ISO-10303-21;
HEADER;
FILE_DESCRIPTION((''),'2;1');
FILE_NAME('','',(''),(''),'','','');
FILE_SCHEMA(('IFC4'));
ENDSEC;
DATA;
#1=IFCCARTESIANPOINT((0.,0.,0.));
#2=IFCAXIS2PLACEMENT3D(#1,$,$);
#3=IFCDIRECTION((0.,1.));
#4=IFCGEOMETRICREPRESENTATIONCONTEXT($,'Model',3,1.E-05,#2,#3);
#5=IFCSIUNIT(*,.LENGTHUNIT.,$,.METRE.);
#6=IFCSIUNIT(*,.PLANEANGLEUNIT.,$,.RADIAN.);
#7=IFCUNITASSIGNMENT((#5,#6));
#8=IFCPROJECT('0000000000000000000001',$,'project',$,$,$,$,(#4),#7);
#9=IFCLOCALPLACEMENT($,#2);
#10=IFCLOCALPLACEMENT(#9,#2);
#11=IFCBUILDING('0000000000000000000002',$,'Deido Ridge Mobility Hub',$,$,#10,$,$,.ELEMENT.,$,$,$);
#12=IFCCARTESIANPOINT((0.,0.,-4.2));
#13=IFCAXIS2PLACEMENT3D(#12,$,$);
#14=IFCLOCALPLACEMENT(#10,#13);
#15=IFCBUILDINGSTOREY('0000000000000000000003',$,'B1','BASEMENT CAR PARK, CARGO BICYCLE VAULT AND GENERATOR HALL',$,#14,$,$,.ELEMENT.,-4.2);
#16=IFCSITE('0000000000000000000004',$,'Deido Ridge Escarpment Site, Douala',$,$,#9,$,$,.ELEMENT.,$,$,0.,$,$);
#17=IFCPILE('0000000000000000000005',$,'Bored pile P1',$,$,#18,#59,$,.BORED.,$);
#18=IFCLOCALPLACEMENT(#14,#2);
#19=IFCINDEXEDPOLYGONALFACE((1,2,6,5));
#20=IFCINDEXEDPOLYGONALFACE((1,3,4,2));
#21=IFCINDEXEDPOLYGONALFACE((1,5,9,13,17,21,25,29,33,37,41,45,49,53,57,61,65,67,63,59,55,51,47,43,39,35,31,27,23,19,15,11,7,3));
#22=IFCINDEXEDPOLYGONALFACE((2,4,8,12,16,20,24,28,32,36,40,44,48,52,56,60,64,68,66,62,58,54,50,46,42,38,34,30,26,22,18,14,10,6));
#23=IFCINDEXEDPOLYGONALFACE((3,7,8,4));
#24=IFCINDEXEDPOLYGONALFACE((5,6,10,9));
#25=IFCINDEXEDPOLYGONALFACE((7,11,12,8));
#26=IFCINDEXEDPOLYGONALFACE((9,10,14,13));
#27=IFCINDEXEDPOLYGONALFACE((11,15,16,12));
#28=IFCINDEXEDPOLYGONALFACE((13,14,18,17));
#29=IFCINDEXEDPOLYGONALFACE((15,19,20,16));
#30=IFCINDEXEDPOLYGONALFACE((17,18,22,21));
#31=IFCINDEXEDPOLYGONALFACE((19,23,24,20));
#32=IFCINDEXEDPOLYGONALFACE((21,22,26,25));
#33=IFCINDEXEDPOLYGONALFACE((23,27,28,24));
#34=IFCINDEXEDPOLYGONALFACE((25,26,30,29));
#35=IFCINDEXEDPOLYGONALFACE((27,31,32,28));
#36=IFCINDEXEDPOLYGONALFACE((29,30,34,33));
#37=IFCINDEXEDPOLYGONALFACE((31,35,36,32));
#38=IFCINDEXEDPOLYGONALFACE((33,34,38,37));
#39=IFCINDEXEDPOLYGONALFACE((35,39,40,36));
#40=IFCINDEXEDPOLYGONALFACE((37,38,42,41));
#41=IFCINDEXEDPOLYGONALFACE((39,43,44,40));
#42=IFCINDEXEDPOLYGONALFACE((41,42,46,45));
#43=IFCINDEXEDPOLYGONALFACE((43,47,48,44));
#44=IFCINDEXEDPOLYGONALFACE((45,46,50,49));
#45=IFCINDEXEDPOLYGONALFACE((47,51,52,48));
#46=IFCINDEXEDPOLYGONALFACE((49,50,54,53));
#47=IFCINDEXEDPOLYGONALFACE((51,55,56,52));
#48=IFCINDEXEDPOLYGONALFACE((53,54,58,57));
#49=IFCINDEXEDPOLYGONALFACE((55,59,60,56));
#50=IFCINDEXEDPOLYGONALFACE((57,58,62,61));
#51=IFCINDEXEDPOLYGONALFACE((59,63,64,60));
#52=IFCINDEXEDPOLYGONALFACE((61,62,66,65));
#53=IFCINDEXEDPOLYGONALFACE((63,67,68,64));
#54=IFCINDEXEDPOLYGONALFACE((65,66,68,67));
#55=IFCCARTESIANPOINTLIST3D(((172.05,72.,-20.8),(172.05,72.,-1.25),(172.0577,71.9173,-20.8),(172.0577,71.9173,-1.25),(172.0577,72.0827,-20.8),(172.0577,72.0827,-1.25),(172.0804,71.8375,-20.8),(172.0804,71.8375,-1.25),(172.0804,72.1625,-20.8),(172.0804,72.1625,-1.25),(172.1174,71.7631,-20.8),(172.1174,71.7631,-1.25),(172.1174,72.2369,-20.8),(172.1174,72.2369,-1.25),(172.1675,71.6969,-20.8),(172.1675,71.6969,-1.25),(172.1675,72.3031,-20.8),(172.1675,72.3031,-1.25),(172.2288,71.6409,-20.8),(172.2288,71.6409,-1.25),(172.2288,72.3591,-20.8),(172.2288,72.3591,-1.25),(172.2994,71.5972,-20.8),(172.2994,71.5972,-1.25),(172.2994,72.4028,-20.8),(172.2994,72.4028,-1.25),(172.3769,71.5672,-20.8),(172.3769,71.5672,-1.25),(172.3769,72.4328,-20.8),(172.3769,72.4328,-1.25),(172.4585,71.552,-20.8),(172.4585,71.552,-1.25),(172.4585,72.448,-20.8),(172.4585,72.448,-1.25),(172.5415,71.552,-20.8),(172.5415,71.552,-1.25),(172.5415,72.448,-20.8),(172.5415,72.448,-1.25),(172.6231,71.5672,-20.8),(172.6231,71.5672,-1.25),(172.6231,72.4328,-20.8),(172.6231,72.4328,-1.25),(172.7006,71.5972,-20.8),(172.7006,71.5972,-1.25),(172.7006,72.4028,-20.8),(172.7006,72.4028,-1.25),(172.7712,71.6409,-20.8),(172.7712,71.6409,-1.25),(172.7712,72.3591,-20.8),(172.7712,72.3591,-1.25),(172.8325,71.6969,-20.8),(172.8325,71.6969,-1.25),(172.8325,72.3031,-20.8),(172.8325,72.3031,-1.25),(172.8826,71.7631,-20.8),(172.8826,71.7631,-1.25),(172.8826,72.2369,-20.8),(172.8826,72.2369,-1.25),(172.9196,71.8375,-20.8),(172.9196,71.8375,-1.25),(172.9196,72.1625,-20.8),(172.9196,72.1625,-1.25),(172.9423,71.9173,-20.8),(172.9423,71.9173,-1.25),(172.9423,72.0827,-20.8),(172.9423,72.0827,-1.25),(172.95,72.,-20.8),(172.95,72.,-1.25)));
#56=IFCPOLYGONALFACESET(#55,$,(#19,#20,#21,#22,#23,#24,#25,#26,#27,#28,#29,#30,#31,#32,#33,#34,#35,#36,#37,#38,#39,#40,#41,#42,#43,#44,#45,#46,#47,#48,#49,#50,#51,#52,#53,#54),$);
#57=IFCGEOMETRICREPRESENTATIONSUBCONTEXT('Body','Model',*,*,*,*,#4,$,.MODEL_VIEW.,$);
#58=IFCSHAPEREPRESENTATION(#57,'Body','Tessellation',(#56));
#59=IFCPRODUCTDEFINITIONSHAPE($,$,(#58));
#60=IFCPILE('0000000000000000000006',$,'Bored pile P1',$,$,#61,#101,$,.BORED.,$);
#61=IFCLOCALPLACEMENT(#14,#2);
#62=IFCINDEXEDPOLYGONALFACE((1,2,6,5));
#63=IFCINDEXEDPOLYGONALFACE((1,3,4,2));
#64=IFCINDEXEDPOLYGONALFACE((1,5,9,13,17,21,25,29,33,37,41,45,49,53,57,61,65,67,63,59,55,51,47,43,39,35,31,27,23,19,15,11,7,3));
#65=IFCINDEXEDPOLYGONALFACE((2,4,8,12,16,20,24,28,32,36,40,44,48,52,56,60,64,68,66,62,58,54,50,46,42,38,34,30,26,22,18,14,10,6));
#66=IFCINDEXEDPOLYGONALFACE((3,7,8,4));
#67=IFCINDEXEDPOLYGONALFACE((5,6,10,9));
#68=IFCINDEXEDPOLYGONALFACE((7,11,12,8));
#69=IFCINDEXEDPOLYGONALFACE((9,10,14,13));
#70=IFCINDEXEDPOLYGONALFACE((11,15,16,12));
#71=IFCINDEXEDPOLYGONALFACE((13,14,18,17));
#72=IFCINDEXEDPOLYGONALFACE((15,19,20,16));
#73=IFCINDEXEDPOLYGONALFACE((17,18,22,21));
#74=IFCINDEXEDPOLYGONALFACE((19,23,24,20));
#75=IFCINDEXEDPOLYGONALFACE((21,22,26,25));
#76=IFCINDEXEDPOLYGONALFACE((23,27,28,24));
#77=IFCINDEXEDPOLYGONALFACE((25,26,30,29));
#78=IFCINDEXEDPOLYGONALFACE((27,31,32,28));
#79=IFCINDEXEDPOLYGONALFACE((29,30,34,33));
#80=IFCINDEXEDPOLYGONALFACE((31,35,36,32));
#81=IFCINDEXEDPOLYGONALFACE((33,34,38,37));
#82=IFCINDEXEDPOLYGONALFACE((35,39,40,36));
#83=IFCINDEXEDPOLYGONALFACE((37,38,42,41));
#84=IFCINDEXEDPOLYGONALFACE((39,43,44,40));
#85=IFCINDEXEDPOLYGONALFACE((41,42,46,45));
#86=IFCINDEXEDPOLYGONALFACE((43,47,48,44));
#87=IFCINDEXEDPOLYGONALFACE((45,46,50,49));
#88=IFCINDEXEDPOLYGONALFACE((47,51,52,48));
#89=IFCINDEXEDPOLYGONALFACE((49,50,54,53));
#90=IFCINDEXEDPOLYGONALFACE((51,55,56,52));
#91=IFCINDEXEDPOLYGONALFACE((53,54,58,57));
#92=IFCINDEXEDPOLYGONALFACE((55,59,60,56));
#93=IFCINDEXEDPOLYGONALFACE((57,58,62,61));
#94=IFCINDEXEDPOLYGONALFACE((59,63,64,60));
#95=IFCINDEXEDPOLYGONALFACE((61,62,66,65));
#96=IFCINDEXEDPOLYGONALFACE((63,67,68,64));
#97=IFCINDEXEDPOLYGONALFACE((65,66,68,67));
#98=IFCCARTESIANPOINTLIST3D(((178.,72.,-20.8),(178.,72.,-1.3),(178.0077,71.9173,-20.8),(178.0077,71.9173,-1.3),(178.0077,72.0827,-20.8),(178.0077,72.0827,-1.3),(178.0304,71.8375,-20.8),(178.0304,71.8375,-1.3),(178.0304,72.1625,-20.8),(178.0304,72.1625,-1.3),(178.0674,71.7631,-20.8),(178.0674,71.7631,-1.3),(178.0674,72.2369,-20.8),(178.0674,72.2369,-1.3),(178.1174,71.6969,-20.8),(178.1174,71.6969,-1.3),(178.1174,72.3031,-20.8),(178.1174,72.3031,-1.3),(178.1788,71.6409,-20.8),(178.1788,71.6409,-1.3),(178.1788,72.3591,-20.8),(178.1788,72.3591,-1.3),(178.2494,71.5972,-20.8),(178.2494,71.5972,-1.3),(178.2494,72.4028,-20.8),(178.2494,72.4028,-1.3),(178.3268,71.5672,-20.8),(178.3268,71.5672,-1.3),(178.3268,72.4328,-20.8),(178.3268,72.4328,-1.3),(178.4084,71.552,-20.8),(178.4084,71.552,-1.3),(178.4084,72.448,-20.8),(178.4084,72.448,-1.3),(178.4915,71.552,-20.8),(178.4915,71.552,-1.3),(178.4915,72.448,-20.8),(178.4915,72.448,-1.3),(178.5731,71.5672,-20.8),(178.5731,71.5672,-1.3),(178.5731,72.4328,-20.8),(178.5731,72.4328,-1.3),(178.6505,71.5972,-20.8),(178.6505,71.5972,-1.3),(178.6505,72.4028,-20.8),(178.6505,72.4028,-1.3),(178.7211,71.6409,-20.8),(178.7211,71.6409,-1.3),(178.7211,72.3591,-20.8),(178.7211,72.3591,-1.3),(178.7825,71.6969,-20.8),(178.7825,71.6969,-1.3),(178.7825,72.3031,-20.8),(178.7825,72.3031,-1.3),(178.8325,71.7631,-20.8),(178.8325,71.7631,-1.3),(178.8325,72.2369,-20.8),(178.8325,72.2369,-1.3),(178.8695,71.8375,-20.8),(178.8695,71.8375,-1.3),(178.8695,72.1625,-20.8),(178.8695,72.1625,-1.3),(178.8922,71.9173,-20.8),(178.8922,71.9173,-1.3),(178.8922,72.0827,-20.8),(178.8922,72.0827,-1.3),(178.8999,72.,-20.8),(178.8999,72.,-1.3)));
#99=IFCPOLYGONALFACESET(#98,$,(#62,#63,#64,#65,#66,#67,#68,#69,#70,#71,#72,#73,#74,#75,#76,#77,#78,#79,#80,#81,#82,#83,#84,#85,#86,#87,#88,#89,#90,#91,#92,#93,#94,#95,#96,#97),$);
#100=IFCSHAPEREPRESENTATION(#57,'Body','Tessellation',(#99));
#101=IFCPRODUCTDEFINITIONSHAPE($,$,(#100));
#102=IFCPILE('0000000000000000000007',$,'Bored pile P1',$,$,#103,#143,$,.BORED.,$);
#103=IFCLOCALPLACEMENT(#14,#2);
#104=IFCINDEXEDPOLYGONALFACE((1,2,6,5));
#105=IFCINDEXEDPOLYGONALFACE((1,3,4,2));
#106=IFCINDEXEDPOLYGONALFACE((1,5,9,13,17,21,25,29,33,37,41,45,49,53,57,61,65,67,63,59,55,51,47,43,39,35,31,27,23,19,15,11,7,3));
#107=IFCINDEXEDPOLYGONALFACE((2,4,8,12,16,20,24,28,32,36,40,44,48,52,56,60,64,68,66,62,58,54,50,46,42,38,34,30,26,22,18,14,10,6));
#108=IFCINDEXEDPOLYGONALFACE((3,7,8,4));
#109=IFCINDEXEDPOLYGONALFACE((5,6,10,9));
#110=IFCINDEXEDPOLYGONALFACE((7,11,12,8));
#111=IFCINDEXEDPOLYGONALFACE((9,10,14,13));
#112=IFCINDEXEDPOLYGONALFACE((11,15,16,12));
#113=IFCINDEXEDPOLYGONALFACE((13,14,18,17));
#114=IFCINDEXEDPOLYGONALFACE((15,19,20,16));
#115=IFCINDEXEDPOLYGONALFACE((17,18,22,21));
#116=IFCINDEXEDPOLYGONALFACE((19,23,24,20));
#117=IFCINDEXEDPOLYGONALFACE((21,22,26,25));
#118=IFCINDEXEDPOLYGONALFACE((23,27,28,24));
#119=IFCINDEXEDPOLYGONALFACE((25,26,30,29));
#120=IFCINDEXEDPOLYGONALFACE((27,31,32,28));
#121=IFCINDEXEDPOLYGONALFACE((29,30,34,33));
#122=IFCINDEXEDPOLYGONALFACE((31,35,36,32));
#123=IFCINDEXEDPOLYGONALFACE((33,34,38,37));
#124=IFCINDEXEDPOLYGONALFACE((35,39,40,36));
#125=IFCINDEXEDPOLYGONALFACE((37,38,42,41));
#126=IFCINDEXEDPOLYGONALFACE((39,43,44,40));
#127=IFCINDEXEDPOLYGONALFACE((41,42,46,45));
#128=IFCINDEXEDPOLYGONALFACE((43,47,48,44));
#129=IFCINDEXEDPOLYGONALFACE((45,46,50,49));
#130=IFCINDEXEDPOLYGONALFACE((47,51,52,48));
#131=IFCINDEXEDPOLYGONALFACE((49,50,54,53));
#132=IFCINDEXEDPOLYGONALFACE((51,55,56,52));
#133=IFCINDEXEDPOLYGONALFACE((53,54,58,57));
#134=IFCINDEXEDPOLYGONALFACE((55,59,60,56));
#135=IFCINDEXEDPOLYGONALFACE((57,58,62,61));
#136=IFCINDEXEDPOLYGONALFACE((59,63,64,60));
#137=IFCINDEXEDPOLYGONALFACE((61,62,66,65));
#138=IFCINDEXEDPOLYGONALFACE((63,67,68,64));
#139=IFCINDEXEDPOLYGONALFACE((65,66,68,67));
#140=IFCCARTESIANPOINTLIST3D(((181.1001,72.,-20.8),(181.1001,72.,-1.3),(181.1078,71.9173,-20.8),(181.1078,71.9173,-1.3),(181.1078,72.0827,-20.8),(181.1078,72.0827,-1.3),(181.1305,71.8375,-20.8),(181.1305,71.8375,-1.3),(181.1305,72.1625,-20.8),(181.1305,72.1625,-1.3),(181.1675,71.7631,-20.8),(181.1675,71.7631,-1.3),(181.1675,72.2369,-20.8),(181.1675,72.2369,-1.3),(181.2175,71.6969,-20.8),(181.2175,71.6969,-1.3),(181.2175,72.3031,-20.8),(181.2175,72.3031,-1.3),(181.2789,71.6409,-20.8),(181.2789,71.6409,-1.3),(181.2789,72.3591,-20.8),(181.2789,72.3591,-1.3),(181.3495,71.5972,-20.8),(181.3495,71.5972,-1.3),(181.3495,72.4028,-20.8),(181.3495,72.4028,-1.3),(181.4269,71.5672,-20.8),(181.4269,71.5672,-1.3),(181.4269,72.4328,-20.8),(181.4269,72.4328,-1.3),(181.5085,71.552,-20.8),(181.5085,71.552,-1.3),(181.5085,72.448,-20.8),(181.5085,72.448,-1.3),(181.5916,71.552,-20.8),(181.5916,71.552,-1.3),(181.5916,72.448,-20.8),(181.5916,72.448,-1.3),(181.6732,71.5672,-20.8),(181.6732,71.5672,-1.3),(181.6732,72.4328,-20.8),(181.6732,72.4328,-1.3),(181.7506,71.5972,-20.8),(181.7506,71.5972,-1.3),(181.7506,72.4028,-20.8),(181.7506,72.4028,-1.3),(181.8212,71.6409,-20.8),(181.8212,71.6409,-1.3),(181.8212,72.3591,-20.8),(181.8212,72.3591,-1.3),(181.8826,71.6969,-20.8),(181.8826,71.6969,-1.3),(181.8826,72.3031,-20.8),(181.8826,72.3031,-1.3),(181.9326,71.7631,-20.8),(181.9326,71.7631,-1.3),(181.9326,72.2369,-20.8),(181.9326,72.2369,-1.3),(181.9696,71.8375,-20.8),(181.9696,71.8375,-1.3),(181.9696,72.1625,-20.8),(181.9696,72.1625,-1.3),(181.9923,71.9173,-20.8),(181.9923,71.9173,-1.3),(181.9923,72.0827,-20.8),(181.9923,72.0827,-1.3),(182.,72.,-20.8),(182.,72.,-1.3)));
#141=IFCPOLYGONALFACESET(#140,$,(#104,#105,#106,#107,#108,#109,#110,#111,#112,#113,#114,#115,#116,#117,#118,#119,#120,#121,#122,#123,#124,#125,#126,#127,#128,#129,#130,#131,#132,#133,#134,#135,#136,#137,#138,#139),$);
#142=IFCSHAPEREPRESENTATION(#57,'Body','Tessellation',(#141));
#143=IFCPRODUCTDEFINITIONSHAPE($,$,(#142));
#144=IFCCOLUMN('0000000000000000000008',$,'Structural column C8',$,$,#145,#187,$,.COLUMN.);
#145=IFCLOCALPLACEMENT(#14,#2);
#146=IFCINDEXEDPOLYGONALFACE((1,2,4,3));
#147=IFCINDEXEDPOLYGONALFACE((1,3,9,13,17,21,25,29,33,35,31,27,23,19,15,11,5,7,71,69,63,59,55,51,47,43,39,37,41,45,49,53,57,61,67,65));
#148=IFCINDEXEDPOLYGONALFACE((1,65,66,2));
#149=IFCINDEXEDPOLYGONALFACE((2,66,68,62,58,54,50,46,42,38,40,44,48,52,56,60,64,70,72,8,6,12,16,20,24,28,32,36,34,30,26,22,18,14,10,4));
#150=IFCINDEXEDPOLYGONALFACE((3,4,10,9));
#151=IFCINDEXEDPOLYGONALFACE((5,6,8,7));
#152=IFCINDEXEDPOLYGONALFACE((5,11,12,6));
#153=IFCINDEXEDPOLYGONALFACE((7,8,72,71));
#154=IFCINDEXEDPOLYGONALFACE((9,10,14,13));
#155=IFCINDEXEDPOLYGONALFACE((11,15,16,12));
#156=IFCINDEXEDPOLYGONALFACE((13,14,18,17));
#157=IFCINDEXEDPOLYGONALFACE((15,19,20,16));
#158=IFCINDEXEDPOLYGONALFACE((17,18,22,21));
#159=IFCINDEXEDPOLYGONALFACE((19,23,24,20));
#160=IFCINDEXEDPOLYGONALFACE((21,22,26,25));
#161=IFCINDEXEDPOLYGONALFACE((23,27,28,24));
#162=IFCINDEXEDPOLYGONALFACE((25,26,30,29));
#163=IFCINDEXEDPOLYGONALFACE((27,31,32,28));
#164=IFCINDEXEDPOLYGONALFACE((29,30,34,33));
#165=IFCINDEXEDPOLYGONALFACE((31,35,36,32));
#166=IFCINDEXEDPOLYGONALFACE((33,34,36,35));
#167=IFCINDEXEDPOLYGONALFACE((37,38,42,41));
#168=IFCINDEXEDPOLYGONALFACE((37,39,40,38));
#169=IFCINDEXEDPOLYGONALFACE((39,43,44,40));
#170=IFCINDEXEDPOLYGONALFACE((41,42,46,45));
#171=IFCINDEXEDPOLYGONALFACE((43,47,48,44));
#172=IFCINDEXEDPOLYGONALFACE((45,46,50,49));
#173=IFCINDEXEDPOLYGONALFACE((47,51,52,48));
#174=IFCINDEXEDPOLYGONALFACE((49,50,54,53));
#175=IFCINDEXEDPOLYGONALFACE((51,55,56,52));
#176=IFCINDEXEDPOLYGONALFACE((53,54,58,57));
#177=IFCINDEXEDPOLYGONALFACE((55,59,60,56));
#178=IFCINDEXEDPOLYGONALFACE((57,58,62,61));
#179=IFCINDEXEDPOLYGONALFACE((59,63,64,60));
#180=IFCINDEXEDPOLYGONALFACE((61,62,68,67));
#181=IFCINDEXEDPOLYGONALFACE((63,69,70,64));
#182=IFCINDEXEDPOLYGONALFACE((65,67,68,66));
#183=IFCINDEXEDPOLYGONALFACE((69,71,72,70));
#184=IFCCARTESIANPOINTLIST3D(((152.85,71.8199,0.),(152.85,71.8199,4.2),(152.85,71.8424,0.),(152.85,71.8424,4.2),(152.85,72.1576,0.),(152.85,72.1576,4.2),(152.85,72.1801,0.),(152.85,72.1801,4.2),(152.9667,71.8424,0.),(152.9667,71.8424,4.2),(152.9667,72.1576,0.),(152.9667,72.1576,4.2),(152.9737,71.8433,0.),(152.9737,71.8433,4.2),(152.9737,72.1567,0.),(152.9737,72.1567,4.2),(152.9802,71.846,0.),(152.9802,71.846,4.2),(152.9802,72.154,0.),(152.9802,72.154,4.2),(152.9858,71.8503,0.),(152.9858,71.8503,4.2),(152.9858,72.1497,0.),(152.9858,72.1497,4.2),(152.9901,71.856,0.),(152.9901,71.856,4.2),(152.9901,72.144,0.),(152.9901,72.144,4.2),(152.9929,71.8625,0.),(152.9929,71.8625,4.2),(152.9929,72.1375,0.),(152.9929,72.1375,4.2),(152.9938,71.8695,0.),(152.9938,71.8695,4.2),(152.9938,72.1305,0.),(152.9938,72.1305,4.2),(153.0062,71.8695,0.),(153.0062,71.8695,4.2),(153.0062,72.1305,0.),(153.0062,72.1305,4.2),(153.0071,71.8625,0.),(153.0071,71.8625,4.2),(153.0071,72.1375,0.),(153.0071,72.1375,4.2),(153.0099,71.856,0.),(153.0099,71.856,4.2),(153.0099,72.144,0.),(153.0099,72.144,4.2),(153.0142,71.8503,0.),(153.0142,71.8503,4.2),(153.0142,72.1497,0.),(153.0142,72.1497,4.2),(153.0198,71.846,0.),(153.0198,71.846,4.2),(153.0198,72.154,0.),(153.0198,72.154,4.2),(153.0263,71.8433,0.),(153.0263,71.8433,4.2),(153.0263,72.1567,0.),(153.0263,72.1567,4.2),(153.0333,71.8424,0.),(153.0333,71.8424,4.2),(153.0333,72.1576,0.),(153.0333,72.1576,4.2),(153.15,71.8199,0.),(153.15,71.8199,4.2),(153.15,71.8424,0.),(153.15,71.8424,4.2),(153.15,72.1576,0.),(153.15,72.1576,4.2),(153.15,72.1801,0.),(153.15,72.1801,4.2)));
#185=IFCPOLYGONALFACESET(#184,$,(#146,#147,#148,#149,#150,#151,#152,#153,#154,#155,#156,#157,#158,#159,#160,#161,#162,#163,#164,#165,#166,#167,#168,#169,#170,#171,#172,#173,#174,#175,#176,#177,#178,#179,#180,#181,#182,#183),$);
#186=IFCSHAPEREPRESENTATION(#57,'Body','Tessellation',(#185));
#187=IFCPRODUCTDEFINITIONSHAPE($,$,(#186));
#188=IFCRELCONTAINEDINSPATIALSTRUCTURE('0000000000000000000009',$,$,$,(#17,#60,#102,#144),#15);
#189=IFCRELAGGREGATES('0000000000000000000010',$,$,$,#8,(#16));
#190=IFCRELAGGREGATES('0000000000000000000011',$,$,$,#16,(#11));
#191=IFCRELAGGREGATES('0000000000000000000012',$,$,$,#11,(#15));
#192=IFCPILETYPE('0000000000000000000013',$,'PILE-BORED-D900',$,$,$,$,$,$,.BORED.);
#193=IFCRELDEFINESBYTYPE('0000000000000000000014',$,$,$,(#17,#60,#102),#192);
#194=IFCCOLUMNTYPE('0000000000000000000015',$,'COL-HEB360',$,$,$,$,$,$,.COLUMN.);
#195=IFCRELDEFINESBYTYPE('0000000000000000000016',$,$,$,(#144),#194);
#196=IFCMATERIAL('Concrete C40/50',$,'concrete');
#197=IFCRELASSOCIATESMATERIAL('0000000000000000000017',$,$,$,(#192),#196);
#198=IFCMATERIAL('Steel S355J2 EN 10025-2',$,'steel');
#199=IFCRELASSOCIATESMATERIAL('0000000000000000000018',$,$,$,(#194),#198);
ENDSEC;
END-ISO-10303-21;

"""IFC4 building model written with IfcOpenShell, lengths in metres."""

from ifc_helpers import new_model, si_unit, direction, frame, origin, origin_2d, place, context, subcontext, project, spatial, circle, i_section, extrude, material, material_profile, profile_set, type_object, element, save


model = new_model("IFC4")

# Units and contexts
model_context = context("Model", 3, precision=1e-05, world=origin(), true_north=direction((0.0, 1.0)))
body_context = subcontext(model_context, "Body", "Model", "MODEL_VIEW")
ifc_project = project(units=[si_unit("LENGTHUNIT", "METRE"), si_unit("PLANEANGLEUNIT", "RADIAN")], contexts=[model_context])

# Site, building, storey
site_placement = place(None, origin())
site = spatial("IfcSite", under=ifc_project, at=site_placement, Name="Deido Ridge Escarpment Site, Douala", CompositionType="ELEMENT", RefElevation=0.0)
building_placement = place(site_placement, origin())
building = spatial("IfcBuilding", under=site, at=building_placement, Name="Deido Ridge Mobility Hub", CompositionType="ELEMENT")
storey_placement = place(building_placement, frame((0.0, 0.0, -4.2)))
storey = spatial("IfcBuildingStorey", under=building, at=storey_placement, Name="B1", Description="BASEMENT CAR PARK, CARGO BICYCLE VAULT AND GENERATOR HALL", CompositionType="ELEMENT", Elevation=-4.2)

# Shared definitions
ifc_material_1 = material(Name="Concrete C40/50", Category="concrete")

# Piles
ifc_material_profile_1 = material_profile(ifc_material_1, circle(Radius=0.45, at=origin_2d()), Name="BORED PILE D900")
ifc_profile_set_1 = profile_set([ifc_material_profile_1], Name="Concrete C40/50")
pile_type = type_object("IfcPileType", Name="PILE-BORED-D900", PredefinedType="BORED", material=ifc_profile_set_1)
for number, where, z_axis, x_axis, name in (
    (1, (172.5, 72.0, -1.25), (0.0, 0.0, -1.0), (1.0, 0.0, 0.0), "Bored pile P1"),
):
    element("IfcPile", number, at=place(storey_placement, frame(where, z_axis=z_axis, x_axis=x_axis)), inside=storey, type_object=pile_type, Name=name, PredefinedType="BORED", context=body_context, shape_type="SweptSolid", body=[
        extrude(circle(Radius=0.45, at=origin_2d()), origin(), (0.0, 0.0, 1.0), 19.55),
    ])
for number, where, z_axis, x_axis, name in (
    (2, (178.45, 72.0, -1.3), (0.0, 0.0, -1.0), (1.0, 0.0, 0.0), "Bored pile P1"),
    (3, (181.55, 72.0, -1.3), (0.0, 0.0, -1.0), (1.0, 0.0, 0.0), "Bored pile P1"),
):
    element("IfcPile", number, at=place(storey_placement, frame(where, z_axis=z_axis, x_axis=x_axis)), inside=storey, type_object=pile_type, Name=name, PredefinedType="BORED", context=body_context, shape_type="SweptSolid", body=[
        extrude(circle(Radius=0.45, at=origin_2d()), origin(), (0.0, 0.0, 1.0), 19.5),
    ])

# Column
ifc_material_2 = material(Name="Steel S355J2 EN 10025-2", Category="steel")
ifc_material_profile_2 = material_profile(ifc_material_2, i_section(OverallWidth=0.3, OverallDepth=0.3601, WebThickness=0.0125, FlangeThickness=0.0225, FilletRadius=0.0271, at=origin_2d()), Name="HEB 360")
ifc_profile_set_2 = profile_set([ifc_material_profile_2], Name="Steel S355J2 EN 10025-2")
column_type = type_object("IfcColumnType", Name="COL-HEB360", PredefinedType="COLUMN", material=ifc_profile_set_2)
for number, where, z_axis, x_axis, name in (
    (4, (153.0, 72.0, 0.0), (0.0, 0.0, 1.0), (1.0, 0.0, 0.0), "Structural column C8"),
):
    element("IfcColumn", number, at=place(storey_placement, frame(where, z_axis=z_axis, x_axis=x_axis)), inside=storey, type_object=column_type, Name=name, PredefinedType="COLUMN", context=body_context, shape_type="SweptSolid", body=[
        extrude(i_section(OverallWidth=0.3, OverallDepth=0.3601, WebThickness=0.0125, FlangeThickness=0.0225, FilletRadius=0.0271, at=origin_2d()), origin(), (0.0, 0.0, 1.0), 4.2),
    ])

save(model, "model.ifc")
